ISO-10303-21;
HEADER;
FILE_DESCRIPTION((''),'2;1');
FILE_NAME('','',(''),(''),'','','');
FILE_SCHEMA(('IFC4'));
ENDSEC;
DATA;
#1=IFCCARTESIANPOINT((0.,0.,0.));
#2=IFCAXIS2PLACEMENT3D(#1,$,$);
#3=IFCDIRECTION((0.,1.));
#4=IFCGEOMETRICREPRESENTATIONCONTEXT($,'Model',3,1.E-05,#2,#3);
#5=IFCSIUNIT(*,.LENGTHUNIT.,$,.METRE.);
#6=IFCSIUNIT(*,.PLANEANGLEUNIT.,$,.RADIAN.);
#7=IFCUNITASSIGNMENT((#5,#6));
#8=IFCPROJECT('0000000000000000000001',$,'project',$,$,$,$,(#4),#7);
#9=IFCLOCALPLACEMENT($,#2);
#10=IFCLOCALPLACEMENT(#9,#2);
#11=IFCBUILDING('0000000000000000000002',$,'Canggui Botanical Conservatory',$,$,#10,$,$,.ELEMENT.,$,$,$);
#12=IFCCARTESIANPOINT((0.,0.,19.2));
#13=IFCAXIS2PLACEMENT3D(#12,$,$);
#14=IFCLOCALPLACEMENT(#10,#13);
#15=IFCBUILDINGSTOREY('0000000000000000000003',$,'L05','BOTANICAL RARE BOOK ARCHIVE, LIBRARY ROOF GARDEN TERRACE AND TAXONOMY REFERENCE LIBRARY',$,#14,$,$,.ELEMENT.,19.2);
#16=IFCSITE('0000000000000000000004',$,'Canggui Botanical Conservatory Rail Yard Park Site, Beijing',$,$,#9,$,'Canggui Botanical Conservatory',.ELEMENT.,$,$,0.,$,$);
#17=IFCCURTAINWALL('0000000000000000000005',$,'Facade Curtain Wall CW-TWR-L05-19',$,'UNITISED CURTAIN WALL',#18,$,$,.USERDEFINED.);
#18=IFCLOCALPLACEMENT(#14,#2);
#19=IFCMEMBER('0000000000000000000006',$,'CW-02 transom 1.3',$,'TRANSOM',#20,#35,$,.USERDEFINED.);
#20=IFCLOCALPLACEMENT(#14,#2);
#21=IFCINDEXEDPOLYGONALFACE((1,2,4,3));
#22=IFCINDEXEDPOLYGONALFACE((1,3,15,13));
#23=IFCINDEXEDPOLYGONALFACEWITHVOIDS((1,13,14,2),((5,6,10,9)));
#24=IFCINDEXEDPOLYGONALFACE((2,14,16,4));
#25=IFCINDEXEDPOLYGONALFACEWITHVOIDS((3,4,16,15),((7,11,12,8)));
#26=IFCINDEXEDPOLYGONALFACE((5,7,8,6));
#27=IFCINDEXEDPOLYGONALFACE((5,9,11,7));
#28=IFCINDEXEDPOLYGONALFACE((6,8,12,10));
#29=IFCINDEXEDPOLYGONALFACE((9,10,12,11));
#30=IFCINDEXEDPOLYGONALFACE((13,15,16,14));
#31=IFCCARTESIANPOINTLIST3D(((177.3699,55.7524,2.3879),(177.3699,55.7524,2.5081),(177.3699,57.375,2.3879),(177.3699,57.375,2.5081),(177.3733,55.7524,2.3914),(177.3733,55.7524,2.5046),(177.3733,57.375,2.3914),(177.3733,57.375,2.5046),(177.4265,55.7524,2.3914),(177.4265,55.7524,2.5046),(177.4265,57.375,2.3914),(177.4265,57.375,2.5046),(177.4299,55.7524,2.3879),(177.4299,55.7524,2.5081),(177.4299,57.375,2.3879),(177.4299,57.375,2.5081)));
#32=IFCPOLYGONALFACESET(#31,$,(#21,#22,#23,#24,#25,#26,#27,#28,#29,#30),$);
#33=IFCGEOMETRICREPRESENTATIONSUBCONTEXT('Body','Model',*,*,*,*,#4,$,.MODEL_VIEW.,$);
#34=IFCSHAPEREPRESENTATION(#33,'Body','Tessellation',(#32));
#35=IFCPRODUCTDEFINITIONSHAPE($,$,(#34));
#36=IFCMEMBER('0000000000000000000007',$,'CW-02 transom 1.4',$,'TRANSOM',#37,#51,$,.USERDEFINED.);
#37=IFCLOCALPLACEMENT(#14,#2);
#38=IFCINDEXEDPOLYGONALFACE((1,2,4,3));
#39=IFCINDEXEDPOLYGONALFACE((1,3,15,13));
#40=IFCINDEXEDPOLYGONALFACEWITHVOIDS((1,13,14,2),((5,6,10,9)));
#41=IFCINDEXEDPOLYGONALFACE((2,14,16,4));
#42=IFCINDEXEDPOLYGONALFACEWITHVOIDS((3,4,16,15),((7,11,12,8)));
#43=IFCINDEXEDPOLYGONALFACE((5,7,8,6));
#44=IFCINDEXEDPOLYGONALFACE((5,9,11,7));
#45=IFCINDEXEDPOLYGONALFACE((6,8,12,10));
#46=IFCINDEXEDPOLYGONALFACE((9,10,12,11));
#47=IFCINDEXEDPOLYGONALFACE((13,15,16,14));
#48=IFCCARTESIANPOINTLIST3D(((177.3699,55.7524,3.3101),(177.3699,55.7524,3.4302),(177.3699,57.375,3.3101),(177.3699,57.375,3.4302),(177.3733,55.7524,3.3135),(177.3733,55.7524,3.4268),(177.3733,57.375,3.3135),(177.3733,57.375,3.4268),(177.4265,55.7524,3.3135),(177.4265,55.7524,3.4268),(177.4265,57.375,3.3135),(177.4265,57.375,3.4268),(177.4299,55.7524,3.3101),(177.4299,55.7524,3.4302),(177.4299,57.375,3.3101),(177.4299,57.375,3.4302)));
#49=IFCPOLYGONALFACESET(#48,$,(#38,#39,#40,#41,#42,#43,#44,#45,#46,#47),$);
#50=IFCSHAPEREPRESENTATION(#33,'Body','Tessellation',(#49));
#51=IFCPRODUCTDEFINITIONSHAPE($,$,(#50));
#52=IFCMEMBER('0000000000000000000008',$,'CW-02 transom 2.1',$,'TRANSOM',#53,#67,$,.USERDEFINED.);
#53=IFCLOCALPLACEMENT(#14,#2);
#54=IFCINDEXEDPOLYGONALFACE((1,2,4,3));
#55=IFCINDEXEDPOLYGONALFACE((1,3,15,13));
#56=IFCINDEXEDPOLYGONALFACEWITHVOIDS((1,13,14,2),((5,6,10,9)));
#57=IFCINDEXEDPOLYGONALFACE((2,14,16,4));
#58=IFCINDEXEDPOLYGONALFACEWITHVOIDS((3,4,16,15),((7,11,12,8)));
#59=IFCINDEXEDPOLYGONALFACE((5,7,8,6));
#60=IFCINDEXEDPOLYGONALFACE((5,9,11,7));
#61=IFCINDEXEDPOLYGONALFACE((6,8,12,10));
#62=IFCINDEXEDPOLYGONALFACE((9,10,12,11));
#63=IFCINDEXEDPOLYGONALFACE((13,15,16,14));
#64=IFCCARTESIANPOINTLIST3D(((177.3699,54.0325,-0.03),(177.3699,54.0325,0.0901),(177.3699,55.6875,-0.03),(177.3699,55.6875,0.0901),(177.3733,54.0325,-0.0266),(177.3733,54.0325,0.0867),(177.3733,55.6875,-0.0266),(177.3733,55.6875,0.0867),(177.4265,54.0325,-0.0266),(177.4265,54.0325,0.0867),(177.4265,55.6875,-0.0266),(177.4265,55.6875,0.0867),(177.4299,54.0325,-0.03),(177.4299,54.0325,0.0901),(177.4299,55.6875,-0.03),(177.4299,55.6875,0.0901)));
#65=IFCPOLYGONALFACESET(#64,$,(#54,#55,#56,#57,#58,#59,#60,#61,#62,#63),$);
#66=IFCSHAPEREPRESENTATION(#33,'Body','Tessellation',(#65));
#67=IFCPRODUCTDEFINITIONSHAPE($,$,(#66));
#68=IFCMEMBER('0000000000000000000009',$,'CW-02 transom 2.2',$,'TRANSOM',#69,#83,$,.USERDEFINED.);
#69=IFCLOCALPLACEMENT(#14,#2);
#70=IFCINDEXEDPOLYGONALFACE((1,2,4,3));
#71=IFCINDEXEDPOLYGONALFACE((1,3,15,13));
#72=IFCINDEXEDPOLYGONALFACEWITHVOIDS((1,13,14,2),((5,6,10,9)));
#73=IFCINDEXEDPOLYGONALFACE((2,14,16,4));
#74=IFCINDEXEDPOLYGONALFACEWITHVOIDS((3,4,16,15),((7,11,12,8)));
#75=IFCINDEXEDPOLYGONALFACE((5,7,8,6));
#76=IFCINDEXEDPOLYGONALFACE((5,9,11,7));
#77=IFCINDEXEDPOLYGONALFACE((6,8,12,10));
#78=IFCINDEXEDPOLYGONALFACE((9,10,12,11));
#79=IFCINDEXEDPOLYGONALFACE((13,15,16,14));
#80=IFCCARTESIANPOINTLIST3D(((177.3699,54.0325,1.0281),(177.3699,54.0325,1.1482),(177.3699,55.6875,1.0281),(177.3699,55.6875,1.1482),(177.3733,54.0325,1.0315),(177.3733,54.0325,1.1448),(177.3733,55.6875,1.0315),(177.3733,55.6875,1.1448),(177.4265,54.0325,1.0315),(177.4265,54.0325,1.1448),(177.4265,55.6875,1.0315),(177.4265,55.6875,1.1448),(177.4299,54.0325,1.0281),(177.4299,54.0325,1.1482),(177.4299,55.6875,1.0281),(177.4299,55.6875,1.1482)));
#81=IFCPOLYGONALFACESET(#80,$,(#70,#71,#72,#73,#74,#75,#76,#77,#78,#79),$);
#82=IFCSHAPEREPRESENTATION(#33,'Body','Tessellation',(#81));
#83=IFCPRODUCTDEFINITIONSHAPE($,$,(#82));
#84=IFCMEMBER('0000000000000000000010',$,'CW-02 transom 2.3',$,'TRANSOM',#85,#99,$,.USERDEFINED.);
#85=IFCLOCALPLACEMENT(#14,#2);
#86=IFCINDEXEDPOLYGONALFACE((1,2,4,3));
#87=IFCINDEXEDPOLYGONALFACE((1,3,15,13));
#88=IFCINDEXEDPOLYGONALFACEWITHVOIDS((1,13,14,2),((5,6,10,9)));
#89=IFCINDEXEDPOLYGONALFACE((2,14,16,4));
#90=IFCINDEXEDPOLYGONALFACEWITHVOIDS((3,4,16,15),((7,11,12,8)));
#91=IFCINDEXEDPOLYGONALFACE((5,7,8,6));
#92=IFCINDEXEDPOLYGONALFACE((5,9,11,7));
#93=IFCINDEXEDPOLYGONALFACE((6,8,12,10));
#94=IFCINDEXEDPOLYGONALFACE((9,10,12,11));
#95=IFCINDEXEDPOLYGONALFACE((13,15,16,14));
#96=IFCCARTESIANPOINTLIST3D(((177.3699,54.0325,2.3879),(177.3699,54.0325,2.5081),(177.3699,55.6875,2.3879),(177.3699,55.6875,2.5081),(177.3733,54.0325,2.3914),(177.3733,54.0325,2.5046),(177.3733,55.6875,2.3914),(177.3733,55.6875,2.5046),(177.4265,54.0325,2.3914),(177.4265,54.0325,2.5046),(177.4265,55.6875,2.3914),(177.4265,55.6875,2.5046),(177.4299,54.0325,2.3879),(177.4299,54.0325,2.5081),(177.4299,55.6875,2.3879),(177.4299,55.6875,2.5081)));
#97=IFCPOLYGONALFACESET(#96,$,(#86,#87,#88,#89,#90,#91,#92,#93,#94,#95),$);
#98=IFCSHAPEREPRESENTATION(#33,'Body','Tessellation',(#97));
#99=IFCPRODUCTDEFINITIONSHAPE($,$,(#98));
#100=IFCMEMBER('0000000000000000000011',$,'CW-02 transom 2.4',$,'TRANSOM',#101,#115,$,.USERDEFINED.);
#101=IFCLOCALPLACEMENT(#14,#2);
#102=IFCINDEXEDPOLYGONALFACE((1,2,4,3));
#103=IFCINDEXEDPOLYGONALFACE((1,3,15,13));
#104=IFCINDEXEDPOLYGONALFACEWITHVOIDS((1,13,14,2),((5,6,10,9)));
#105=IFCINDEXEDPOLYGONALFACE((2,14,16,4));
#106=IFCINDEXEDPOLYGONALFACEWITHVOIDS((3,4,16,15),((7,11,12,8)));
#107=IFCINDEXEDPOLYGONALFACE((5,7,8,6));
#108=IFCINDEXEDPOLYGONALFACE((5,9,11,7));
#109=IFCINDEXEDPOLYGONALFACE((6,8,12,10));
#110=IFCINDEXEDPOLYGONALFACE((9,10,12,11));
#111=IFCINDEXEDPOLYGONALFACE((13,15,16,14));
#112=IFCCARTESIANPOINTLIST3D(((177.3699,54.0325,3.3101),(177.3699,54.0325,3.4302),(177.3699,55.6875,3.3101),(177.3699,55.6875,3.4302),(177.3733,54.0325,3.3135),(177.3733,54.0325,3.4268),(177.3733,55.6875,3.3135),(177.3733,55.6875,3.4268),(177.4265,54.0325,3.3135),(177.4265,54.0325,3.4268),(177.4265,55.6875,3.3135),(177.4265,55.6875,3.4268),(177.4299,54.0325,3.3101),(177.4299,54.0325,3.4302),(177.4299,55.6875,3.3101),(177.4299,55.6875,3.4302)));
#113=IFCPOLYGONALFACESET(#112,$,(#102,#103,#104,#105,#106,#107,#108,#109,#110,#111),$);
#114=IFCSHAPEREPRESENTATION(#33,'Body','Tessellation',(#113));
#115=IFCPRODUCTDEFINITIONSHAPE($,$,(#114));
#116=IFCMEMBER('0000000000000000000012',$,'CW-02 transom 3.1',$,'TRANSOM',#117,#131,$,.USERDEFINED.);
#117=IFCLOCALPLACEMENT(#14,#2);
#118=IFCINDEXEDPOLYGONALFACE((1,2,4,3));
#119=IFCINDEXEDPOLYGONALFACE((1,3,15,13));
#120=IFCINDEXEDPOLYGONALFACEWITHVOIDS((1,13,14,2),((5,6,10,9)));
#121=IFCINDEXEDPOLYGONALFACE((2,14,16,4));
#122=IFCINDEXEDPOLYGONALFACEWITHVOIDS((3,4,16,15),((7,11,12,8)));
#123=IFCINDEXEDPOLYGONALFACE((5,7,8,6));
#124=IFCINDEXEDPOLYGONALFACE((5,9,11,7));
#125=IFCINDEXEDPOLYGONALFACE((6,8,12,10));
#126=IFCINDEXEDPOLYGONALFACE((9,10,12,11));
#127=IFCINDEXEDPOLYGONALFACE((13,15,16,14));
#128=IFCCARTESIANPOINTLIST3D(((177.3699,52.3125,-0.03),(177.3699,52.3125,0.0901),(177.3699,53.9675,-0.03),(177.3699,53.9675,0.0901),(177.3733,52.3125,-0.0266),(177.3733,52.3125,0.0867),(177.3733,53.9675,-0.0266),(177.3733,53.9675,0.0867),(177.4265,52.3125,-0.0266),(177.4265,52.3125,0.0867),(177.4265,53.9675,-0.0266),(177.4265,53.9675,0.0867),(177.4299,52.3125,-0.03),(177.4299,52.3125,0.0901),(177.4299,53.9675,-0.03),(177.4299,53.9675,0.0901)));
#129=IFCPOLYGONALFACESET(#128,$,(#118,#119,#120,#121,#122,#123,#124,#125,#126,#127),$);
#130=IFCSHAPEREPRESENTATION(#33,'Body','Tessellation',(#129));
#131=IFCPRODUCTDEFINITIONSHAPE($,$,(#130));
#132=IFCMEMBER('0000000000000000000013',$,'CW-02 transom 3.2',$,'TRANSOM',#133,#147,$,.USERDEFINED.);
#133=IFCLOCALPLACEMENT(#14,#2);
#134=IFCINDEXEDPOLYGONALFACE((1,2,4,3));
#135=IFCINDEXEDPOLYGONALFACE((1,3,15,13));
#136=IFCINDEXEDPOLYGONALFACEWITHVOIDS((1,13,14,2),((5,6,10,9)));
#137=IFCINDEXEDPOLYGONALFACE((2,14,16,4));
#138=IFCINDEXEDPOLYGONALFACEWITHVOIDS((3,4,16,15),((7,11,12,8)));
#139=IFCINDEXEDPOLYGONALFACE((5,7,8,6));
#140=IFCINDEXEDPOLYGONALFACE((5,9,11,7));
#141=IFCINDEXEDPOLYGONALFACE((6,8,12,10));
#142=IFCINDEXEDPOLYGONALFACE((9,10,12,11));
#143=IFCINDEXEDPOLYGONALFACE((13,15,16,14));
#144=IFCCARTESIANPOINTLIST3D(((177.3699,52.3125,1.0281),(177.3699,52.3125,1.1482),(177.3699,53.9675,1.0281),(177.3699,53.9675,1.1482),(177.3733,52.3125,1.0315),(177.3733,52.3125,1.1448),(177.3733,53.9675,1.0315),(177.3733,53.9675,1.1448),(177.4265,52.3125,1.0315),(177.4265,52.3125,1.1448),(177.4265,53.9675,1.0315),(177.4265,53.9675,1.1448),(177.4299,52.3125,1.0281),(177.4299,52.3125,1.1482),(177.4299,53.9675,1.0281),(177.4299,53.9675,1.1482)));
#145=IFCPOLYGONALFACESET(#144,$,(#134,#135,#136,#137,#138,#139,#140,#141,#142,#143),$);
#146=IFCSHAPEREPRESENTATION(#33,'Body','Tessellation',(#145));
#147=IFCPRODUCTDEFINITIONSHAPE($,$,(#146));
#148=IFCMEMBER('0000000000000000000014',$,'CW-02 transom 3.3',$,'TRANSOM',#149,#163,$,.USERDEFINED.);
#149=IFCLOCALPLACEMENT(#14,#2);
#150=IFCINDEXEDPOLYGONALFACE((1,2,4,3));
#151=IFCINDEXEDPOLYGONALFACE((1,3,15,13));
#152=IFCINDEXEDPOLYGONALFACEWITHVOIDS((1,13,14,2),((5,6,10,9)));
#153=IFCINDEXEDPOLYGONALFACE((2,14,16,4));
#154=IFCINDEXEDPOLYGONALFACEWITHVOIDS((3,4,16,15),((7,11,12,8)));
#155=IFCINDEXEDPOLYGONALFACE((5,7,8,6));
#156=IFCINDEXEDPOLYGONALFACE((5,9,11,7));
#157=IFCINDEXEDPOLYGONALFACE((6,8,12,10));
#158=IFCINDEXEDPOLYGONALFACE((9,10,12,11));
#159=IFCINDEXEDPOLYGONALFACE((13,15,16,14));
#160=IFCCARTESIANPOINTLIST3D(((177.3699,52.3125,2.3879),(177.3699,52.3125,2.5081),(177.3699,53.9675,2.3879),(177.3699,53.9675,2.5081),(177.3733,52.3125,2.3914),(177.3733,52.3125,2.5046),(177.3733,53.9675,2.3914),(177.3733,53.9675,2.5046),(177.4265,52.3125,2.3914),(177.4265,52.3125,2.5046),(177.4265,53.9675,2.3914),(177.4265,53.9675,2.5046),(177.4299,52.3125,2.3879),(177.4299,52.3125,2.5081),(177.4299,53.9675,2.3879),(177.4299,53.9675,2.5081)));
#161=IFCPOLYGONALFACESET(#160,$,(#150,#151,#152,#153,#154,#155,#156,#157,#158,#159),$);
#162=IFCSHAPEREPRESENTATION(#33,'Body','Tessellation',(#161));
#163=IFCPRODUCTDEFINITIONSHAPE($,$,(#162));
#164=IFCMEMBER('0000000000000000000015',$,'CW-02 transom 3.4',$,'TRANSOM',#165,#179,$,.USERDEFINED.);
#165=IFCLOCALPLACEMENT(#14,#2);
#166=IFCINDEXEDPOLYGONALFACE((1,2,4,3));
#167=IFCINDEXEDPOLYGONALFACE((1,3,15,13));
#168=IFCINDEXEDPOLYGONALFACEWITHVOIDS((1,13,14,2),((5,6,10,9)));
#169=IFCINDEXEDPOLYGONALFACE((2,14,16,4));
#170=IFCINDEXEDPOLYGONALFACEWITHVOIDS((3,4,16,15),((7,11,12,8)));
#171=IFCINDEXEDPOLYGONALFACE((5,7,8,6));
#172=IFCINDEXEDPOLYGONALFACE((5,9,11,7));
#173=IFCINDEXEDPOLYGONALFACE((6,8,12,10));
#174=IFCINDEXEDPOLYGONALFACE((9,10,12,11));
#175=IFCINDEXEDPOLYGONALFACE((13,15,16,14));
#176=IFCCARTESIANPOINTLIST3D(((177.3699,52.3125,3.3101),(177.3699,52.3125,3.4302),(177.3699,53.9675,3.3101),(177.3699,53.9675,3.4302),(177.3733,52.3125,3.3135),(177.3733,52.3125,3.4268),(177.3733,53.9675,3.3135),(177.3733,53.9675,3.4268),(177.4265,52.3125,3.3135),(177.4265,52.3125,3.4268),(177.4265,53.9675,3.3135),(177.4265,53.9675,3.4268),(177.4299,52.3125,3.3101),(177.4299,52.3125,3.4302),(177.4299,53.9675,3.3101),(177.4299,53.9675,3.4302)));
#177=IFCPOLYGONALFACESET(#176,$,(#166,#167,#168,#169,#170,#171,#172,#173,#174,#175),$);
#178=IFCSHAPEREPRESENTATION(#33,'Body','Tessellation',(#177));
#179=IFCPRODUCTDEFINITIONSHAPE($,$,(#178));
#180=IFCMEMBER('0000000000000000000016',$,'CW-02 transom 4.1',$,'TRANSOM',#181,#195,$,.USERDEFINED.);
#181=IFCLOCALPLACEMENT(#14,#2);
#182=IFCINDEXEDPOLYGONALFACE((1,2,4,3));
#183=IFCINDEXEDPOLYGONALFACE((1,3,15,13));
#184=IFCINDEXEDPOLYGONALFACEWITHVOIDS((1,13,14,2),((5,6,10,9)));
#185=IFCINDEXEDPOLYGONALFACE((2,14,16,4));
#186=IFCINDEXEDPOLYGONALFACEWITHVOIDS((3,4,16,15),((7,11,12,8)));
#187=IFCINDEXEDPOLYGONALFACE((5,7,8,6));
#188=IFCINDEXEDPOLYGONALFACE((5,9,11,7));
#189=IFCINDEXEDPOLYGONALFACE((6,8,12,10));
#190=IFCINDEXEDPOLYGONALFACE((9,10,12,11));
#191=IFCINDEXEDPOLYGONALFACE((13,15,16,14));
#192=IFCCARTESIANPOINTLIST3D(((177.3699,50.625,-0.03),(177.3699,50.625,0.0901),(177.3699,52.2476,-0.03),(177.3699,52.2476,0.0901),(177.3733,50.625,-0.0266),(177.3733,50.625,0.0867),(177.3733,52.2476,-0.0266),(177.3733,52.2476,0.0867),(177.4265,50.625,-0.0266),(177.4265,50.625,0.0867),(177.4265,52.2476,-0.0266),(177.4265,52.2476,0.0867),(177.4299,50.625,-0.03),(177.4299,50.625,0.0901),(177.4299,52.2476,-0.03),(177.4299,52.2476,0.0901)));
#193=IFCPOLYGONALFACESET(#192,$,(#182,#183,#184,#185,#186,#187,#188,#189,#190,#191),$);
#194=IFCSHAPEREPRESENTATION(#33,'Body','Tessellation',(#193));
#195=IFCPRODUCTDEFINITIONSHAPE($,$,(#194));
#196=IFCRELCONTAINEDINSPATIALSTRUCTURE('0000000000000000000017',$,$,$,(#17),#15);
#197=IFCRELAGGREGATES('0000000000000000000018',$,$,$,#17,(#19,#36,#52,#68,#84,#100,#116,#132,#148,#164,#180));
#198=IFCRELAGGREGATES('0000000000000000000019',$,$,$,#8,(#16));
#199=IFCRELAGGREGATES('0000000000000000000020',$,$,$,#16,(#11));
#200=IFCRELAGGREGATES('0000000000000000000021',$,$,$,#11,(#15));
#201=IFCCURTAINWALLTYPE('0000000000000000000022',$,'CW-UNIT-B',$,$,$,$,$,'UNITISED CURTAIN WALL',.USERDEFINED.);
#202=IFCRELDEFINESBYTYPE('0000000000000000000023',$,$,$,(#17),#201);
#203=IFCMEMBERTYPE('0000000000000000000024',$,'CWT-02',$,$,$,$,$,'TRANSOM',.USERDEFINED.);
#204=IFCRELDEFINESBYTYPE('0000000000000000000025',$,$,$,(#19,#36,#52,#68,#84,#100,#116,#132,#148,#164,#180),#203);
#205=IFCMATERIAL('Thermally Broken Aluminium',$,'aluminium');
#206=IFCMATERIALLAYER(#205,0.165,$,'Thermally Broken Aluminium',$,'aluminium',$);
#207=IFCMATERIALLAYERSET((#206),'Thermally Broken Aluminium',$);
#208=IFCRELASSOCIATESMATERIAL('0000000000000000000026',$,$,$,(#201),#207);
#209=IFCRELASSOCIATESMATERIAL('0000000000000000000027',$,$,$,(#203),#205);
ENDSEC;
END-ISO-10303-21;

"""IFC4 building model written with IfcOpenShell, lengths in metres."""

from ifc_helpers import new_model, si_unit, direction, frame, origin, origin_2d, place, context, subcontext, project, spatial, hollow_rectangle, extrude, material, layer, layer_set, material_profile, profile_set, type_object, element, aggregate, save


model = new_model("IFC4")

# Units and contexts
model_context = context("Model", 3, precision=1e-05, world=origin(), true_north=direction((0.0, 1.0)))
body_context = subcontext(model_context, "Body", "Model", "MODEL_VIEW")
ifc_project = project(units=[si_unit("LENGTHUNIT", "METRE"), si_unit("PLANEANGLEUNIT", "RADIAN")], contexts=[model_context])

# Site, building, storey
site_placement = place(None, origin())
site = spatial("IfcSite", under=ifc_project, at=site_placement, Name="Canggui Botanical Conservatory Rail Yard Park Site, Beijing", LongName="Canggui Botanical Conservatory", CompositionType="ELEMENT", RefElevation=0.0)
building_placement = place(site_placement, origin())
building = spatial("IfcBuilding", under=site, at=building_placement, Name="Canggui Botanical Conservatory", CompositionType="ELEMENT")
storey_placement = place(building_placement, frame((0.0, 0.0, 19.2)))
storey = spatial("IfcBuildingStorey", under=building, at=storey_placement, Name="L05", Description="BOTANICAL RARE BOOK ARCHIVE, LIBRARY ROOF GARDEN TERRACE AND TAXONOMY REFERENCE LIBRARY", CompositionType="ELEMENT", Elevation=19.2)

# Curtain wall, members
ifc_material_1 = material(Name="Thermally Broken Aluminium", Category="aluminium")
ifc_layer_1 = layer(ifc_material_1, 0.165, Name="Thermally Broken Aluminium", Category="aluminium")
ifc_layer_set_1 = layer_set([ifc_layer_1], Name="Thermally Broken Aluminium")
curtain_wall_type = type_object("IfcCurtainWallType", Name="CW-UNIT-B", ElementType="UNITISED CURTAIN WALL", PredefinedType="USERDEFINED", material=ifc_layer_set_1)
curtain_wall_placement = place(storey_placement, origin())
curtain_wall = element("IfcCurtainWall", 1, at=curtain_wall_placement, inside=storey, type_object=curtain_wall_type, Name="Facade Curtain Wall CW-TWR-L05-19", ObjectType="UNITISED CURTAIN WALL", PredefinedType="USERDEFINED")
ifc_material_profile_1 = material_profile(ifc_material_1, hollow_rectangle(XDim=0.0601, YDim=0.1201, WallThickness=0.0034, at=origin_2d()), Name="CWT 60x120x3.5")
ifc_profile_set_1 = profile_set([ifc_material_profile_1], Name="Thermally Broken Aluminium")
member_type_1 = type_object("IfcMemberType", Name="CWT-02", ElementType="TRANSOM", PredefinedType="USERDEFINED", material=ifc_profile_set_1)
member_1_placement = place(storey_placement, frame((177.3999, 57.375, 2.448), z_axis=(0.0, -1.0, 0.0), x_axis=(1.0, 0.0, 0.0)))
member_1 = element("IfcMember", 2, at=member_1_placement, type_object=member_type_1, Name="CW-02 transom 1.3", ObjectType="TRANSOM", PredefinedType="USERDEFINED", context=body_context, shape_type="SweptSolid", body=[
    extrude(hollow_rectangle(XDim=0.0601, YDim=0.1201, WallThickness=0.0034, at=origin_2d()), origin(), (0.0, 0.0, 1.0), 1.6226),
])
member_2_placement = place(storey_placement, frame((177.3999, 57.375, 3.3701), z_axis=(0.0, -1.0, 0.0), x_axis=(1.0, 0.0, 0.0)))
member_2 = element("IfcMember", 3, at=member_2_placement, type_object=member_type_1, Name="CW-02 transom 1.4", ObjectType="TRANSOM", PredefinedType="USERDEFINED", context=body_context, shape_type="SweptSolid", body=[
    extrude(hollow_rectangle(XDim=0.0601, YDim=0.1201, WallThickness=0.0034, at=origin_2d()), origin(), (0.0, 0.0, 1.0), 1.6226),
])
member_3_placement = place(storey_placement, frame((177.3999, 55.6875, 0.03), z_axis=(0.0, -1.0, 0.0), x_axis=(1.0, 0.0, 0.0)))
member_3 = element("IfcMember", 4, at=member_3_placement, type_object=member_type_1, Name="CW-02 transom 2.1", ObjectType="TRANSOM", PredefinedType="USERDEFINED", context=body_context, shape_type="SweptSolid", body=[
    extrude(hollow_rectangle(XDim=0.0601, YDim=0.1201, WallThickness=0.0034, at=origin_2d()), origin(), (0.0, 0.0, 1.0), 1.655),
])
member_4_placement = place(storey_placement, frame((177.3999, 55.6875, 1.0881), z_axis=(0.0, -1.0, 0.0), x_axis=(1.0, 0.0, 0.0)))
member_4 = element("IfcMember", 5, at=member_4_placement, type_object=member_type_1, Name="CW-02 transom 2.2", ObjectType="TRANSOM", PredefinedType="USERDEFINED", context=body_context, shape_type="SweptSolid", body=[
    extrude(hollow_rectangle(XDim=0.0601, YDim=0.1201, WallThickness=0.0034, at=origin_2d()), origin(), (0.0, 0.0, 1.0), 1.655),
])
member_5_placement = place(storey_placement, frame((177.3999, 55.6875, 2.448), z_axis=(0.0, -1.0, 0.0), x_axis=(1.0, 0.0, 0.0)))
member_5 = element("IfcMember", 6, at=member_5_placement, type_object=member_type_1, Name="CW-02 transom 2.3", ObjectType="TRANSOM", PredefinedType="USERDEFINED", context=body_context, shape_type="SweptSolid", body=[
    extrude(hollow_rectangle(XDim=0.0601, YDim=0.1201, WallThickness=0.0034, at=origin_2d()), origin(), (0.0, 0.0, 1.0), 1.655),
])
member_6_placement = place(storey_placement, frame((177.3999, 55.6875, 3.3701), z_axis=(0.0, -1.0, 0.0), x_axis=(1.0, 0.0, 0.0)))
member_6 = element("IfcMember", 7, at=member_6_placement, type_object=member_type_1, Name="CW-02 transom 2.4", ObjectType="TRANSOM", PredefinedType="USERDEFINED", context=body_context, shape_type="SweptSolid", body=[
    extrude(hollow_rectangle(XDim=0.0601, YDim=0.1201, WallThickness=0.0034, at=origin_2d()), origin(), (0.0, 0.0, 1.0), 1.655),
])
member_7_placement = place(storey_placement, frame((177.3999, 53.9675, 0.03), z_axis=(0.0, -1.0, 0.0), x_axis=(1.0, 0.0, 0.0)))
member_7 = element("IfcMember", 8, at=member_7_placement, type_object=member_type_1, Name="CW-02 transom 3.1", ObjectType="TRANSOM", PredefinedType="USERDEFINED", context=body_context, shape_type="SweptSolid", body=[
    extrude(hollow_rectangle(XDim=0.0601, YDim=0.1201, WallThickness=0.0034, at=origin_2d()), origin(), (0.0, 0.0, 1.0), 1.655),
])
member_8_placement = place(storey_placement, frame((177.3999, 53.9675, 1.0881), z_axis=(0.0, -1.0, 0.0), x_axis=(1.0, 0.0, 0.0)))
member_8 = element("IfcMember", 9, at=member_8_placement, type_object=member_type_1, Name="CW-02 transom 3.2", ObjectType="TRANSOM", PredefinedType="USERDEFINED", context=body_context, shape_type="SweptSolid", body=[
    extrude(hollow_rectangle(XDim=0.0601, YDim=0.1201, WallThickness=0.0034, at=origin_2d()), origin(), (0.0, 0.0, 1.0), 1.655),
])
member_9_placement = place(storey_placement, frame((177.3999, 53.9675, 2.448), z_axis=(0.0, -1.0, 0.0), x_axis=(1.0, 0.0, 0.0)))
member_9 = element("IfcMember", 10, at=member_9_placement, type_object=member_type_1, Name="CW-02 transom 3.3", ObjectType="TRANSOM", PredefinedType="USERDEFINED", context=body_context, shape_type="SweptSolid", body=[
    extrude(hollow_rectangle(XDim=0.0601, YDim=0.1201, WallThickness=0.0034, at=origin_2d()), origin(), (0.0, 0.0, 1.0), 1.655),
])
member_10_placement = place(storey_placement, frame((177.3999, 53.9675, 3.3701), z_axis=(0.0, -1.0, 0.0), x_axis=(1.0, 0.0, 0.0)))
member_10 = element("IfcMember", 11, at=member_10_placement, type_object=member_type_1, Name="CW-02 transom 3.4", ObjectType="TRANSOM", PredefinedType="USERDEFINED", context=body_context, shape_type="SweptSolid", body=[
    extrude(hollow_rectangle(XDim=0.0601, YDim=0.1201, WallThickness=0.0034, at=origin_2d()), origin(), (0.0, 0.0, 1.0), 1.655),
])
member_11_placement = place(storey_placement, frame((177.3999, 52.2476, 0.03), z_axis=(0.0, -1.0, 0.0), x_axis=(1.0, 0.0, 0.0)))
member_11 = element("IfcMember", 12, at=member_11_placement, type_object=member_type_1, Name="CW-02 transom 4.1", ObjectType="TRANSOM", PredefinedType="USERDEFINED", context=body_context, shape_type="SweptSolid", body=[
    extrude(hollow_rectangle(XDim=0.0601, YDim=0.1201, WallThickness=0.0034, at=origin_2d()), origin(), (0.0, 0.0, 1.0), 1.6226),
])
aggregate(curtain_wall, [member_1, member_2, member_3, member_4, member_5, member_6, member_7, member_8, member_9, member_10, member_11])

save(model, "model.ifc")
